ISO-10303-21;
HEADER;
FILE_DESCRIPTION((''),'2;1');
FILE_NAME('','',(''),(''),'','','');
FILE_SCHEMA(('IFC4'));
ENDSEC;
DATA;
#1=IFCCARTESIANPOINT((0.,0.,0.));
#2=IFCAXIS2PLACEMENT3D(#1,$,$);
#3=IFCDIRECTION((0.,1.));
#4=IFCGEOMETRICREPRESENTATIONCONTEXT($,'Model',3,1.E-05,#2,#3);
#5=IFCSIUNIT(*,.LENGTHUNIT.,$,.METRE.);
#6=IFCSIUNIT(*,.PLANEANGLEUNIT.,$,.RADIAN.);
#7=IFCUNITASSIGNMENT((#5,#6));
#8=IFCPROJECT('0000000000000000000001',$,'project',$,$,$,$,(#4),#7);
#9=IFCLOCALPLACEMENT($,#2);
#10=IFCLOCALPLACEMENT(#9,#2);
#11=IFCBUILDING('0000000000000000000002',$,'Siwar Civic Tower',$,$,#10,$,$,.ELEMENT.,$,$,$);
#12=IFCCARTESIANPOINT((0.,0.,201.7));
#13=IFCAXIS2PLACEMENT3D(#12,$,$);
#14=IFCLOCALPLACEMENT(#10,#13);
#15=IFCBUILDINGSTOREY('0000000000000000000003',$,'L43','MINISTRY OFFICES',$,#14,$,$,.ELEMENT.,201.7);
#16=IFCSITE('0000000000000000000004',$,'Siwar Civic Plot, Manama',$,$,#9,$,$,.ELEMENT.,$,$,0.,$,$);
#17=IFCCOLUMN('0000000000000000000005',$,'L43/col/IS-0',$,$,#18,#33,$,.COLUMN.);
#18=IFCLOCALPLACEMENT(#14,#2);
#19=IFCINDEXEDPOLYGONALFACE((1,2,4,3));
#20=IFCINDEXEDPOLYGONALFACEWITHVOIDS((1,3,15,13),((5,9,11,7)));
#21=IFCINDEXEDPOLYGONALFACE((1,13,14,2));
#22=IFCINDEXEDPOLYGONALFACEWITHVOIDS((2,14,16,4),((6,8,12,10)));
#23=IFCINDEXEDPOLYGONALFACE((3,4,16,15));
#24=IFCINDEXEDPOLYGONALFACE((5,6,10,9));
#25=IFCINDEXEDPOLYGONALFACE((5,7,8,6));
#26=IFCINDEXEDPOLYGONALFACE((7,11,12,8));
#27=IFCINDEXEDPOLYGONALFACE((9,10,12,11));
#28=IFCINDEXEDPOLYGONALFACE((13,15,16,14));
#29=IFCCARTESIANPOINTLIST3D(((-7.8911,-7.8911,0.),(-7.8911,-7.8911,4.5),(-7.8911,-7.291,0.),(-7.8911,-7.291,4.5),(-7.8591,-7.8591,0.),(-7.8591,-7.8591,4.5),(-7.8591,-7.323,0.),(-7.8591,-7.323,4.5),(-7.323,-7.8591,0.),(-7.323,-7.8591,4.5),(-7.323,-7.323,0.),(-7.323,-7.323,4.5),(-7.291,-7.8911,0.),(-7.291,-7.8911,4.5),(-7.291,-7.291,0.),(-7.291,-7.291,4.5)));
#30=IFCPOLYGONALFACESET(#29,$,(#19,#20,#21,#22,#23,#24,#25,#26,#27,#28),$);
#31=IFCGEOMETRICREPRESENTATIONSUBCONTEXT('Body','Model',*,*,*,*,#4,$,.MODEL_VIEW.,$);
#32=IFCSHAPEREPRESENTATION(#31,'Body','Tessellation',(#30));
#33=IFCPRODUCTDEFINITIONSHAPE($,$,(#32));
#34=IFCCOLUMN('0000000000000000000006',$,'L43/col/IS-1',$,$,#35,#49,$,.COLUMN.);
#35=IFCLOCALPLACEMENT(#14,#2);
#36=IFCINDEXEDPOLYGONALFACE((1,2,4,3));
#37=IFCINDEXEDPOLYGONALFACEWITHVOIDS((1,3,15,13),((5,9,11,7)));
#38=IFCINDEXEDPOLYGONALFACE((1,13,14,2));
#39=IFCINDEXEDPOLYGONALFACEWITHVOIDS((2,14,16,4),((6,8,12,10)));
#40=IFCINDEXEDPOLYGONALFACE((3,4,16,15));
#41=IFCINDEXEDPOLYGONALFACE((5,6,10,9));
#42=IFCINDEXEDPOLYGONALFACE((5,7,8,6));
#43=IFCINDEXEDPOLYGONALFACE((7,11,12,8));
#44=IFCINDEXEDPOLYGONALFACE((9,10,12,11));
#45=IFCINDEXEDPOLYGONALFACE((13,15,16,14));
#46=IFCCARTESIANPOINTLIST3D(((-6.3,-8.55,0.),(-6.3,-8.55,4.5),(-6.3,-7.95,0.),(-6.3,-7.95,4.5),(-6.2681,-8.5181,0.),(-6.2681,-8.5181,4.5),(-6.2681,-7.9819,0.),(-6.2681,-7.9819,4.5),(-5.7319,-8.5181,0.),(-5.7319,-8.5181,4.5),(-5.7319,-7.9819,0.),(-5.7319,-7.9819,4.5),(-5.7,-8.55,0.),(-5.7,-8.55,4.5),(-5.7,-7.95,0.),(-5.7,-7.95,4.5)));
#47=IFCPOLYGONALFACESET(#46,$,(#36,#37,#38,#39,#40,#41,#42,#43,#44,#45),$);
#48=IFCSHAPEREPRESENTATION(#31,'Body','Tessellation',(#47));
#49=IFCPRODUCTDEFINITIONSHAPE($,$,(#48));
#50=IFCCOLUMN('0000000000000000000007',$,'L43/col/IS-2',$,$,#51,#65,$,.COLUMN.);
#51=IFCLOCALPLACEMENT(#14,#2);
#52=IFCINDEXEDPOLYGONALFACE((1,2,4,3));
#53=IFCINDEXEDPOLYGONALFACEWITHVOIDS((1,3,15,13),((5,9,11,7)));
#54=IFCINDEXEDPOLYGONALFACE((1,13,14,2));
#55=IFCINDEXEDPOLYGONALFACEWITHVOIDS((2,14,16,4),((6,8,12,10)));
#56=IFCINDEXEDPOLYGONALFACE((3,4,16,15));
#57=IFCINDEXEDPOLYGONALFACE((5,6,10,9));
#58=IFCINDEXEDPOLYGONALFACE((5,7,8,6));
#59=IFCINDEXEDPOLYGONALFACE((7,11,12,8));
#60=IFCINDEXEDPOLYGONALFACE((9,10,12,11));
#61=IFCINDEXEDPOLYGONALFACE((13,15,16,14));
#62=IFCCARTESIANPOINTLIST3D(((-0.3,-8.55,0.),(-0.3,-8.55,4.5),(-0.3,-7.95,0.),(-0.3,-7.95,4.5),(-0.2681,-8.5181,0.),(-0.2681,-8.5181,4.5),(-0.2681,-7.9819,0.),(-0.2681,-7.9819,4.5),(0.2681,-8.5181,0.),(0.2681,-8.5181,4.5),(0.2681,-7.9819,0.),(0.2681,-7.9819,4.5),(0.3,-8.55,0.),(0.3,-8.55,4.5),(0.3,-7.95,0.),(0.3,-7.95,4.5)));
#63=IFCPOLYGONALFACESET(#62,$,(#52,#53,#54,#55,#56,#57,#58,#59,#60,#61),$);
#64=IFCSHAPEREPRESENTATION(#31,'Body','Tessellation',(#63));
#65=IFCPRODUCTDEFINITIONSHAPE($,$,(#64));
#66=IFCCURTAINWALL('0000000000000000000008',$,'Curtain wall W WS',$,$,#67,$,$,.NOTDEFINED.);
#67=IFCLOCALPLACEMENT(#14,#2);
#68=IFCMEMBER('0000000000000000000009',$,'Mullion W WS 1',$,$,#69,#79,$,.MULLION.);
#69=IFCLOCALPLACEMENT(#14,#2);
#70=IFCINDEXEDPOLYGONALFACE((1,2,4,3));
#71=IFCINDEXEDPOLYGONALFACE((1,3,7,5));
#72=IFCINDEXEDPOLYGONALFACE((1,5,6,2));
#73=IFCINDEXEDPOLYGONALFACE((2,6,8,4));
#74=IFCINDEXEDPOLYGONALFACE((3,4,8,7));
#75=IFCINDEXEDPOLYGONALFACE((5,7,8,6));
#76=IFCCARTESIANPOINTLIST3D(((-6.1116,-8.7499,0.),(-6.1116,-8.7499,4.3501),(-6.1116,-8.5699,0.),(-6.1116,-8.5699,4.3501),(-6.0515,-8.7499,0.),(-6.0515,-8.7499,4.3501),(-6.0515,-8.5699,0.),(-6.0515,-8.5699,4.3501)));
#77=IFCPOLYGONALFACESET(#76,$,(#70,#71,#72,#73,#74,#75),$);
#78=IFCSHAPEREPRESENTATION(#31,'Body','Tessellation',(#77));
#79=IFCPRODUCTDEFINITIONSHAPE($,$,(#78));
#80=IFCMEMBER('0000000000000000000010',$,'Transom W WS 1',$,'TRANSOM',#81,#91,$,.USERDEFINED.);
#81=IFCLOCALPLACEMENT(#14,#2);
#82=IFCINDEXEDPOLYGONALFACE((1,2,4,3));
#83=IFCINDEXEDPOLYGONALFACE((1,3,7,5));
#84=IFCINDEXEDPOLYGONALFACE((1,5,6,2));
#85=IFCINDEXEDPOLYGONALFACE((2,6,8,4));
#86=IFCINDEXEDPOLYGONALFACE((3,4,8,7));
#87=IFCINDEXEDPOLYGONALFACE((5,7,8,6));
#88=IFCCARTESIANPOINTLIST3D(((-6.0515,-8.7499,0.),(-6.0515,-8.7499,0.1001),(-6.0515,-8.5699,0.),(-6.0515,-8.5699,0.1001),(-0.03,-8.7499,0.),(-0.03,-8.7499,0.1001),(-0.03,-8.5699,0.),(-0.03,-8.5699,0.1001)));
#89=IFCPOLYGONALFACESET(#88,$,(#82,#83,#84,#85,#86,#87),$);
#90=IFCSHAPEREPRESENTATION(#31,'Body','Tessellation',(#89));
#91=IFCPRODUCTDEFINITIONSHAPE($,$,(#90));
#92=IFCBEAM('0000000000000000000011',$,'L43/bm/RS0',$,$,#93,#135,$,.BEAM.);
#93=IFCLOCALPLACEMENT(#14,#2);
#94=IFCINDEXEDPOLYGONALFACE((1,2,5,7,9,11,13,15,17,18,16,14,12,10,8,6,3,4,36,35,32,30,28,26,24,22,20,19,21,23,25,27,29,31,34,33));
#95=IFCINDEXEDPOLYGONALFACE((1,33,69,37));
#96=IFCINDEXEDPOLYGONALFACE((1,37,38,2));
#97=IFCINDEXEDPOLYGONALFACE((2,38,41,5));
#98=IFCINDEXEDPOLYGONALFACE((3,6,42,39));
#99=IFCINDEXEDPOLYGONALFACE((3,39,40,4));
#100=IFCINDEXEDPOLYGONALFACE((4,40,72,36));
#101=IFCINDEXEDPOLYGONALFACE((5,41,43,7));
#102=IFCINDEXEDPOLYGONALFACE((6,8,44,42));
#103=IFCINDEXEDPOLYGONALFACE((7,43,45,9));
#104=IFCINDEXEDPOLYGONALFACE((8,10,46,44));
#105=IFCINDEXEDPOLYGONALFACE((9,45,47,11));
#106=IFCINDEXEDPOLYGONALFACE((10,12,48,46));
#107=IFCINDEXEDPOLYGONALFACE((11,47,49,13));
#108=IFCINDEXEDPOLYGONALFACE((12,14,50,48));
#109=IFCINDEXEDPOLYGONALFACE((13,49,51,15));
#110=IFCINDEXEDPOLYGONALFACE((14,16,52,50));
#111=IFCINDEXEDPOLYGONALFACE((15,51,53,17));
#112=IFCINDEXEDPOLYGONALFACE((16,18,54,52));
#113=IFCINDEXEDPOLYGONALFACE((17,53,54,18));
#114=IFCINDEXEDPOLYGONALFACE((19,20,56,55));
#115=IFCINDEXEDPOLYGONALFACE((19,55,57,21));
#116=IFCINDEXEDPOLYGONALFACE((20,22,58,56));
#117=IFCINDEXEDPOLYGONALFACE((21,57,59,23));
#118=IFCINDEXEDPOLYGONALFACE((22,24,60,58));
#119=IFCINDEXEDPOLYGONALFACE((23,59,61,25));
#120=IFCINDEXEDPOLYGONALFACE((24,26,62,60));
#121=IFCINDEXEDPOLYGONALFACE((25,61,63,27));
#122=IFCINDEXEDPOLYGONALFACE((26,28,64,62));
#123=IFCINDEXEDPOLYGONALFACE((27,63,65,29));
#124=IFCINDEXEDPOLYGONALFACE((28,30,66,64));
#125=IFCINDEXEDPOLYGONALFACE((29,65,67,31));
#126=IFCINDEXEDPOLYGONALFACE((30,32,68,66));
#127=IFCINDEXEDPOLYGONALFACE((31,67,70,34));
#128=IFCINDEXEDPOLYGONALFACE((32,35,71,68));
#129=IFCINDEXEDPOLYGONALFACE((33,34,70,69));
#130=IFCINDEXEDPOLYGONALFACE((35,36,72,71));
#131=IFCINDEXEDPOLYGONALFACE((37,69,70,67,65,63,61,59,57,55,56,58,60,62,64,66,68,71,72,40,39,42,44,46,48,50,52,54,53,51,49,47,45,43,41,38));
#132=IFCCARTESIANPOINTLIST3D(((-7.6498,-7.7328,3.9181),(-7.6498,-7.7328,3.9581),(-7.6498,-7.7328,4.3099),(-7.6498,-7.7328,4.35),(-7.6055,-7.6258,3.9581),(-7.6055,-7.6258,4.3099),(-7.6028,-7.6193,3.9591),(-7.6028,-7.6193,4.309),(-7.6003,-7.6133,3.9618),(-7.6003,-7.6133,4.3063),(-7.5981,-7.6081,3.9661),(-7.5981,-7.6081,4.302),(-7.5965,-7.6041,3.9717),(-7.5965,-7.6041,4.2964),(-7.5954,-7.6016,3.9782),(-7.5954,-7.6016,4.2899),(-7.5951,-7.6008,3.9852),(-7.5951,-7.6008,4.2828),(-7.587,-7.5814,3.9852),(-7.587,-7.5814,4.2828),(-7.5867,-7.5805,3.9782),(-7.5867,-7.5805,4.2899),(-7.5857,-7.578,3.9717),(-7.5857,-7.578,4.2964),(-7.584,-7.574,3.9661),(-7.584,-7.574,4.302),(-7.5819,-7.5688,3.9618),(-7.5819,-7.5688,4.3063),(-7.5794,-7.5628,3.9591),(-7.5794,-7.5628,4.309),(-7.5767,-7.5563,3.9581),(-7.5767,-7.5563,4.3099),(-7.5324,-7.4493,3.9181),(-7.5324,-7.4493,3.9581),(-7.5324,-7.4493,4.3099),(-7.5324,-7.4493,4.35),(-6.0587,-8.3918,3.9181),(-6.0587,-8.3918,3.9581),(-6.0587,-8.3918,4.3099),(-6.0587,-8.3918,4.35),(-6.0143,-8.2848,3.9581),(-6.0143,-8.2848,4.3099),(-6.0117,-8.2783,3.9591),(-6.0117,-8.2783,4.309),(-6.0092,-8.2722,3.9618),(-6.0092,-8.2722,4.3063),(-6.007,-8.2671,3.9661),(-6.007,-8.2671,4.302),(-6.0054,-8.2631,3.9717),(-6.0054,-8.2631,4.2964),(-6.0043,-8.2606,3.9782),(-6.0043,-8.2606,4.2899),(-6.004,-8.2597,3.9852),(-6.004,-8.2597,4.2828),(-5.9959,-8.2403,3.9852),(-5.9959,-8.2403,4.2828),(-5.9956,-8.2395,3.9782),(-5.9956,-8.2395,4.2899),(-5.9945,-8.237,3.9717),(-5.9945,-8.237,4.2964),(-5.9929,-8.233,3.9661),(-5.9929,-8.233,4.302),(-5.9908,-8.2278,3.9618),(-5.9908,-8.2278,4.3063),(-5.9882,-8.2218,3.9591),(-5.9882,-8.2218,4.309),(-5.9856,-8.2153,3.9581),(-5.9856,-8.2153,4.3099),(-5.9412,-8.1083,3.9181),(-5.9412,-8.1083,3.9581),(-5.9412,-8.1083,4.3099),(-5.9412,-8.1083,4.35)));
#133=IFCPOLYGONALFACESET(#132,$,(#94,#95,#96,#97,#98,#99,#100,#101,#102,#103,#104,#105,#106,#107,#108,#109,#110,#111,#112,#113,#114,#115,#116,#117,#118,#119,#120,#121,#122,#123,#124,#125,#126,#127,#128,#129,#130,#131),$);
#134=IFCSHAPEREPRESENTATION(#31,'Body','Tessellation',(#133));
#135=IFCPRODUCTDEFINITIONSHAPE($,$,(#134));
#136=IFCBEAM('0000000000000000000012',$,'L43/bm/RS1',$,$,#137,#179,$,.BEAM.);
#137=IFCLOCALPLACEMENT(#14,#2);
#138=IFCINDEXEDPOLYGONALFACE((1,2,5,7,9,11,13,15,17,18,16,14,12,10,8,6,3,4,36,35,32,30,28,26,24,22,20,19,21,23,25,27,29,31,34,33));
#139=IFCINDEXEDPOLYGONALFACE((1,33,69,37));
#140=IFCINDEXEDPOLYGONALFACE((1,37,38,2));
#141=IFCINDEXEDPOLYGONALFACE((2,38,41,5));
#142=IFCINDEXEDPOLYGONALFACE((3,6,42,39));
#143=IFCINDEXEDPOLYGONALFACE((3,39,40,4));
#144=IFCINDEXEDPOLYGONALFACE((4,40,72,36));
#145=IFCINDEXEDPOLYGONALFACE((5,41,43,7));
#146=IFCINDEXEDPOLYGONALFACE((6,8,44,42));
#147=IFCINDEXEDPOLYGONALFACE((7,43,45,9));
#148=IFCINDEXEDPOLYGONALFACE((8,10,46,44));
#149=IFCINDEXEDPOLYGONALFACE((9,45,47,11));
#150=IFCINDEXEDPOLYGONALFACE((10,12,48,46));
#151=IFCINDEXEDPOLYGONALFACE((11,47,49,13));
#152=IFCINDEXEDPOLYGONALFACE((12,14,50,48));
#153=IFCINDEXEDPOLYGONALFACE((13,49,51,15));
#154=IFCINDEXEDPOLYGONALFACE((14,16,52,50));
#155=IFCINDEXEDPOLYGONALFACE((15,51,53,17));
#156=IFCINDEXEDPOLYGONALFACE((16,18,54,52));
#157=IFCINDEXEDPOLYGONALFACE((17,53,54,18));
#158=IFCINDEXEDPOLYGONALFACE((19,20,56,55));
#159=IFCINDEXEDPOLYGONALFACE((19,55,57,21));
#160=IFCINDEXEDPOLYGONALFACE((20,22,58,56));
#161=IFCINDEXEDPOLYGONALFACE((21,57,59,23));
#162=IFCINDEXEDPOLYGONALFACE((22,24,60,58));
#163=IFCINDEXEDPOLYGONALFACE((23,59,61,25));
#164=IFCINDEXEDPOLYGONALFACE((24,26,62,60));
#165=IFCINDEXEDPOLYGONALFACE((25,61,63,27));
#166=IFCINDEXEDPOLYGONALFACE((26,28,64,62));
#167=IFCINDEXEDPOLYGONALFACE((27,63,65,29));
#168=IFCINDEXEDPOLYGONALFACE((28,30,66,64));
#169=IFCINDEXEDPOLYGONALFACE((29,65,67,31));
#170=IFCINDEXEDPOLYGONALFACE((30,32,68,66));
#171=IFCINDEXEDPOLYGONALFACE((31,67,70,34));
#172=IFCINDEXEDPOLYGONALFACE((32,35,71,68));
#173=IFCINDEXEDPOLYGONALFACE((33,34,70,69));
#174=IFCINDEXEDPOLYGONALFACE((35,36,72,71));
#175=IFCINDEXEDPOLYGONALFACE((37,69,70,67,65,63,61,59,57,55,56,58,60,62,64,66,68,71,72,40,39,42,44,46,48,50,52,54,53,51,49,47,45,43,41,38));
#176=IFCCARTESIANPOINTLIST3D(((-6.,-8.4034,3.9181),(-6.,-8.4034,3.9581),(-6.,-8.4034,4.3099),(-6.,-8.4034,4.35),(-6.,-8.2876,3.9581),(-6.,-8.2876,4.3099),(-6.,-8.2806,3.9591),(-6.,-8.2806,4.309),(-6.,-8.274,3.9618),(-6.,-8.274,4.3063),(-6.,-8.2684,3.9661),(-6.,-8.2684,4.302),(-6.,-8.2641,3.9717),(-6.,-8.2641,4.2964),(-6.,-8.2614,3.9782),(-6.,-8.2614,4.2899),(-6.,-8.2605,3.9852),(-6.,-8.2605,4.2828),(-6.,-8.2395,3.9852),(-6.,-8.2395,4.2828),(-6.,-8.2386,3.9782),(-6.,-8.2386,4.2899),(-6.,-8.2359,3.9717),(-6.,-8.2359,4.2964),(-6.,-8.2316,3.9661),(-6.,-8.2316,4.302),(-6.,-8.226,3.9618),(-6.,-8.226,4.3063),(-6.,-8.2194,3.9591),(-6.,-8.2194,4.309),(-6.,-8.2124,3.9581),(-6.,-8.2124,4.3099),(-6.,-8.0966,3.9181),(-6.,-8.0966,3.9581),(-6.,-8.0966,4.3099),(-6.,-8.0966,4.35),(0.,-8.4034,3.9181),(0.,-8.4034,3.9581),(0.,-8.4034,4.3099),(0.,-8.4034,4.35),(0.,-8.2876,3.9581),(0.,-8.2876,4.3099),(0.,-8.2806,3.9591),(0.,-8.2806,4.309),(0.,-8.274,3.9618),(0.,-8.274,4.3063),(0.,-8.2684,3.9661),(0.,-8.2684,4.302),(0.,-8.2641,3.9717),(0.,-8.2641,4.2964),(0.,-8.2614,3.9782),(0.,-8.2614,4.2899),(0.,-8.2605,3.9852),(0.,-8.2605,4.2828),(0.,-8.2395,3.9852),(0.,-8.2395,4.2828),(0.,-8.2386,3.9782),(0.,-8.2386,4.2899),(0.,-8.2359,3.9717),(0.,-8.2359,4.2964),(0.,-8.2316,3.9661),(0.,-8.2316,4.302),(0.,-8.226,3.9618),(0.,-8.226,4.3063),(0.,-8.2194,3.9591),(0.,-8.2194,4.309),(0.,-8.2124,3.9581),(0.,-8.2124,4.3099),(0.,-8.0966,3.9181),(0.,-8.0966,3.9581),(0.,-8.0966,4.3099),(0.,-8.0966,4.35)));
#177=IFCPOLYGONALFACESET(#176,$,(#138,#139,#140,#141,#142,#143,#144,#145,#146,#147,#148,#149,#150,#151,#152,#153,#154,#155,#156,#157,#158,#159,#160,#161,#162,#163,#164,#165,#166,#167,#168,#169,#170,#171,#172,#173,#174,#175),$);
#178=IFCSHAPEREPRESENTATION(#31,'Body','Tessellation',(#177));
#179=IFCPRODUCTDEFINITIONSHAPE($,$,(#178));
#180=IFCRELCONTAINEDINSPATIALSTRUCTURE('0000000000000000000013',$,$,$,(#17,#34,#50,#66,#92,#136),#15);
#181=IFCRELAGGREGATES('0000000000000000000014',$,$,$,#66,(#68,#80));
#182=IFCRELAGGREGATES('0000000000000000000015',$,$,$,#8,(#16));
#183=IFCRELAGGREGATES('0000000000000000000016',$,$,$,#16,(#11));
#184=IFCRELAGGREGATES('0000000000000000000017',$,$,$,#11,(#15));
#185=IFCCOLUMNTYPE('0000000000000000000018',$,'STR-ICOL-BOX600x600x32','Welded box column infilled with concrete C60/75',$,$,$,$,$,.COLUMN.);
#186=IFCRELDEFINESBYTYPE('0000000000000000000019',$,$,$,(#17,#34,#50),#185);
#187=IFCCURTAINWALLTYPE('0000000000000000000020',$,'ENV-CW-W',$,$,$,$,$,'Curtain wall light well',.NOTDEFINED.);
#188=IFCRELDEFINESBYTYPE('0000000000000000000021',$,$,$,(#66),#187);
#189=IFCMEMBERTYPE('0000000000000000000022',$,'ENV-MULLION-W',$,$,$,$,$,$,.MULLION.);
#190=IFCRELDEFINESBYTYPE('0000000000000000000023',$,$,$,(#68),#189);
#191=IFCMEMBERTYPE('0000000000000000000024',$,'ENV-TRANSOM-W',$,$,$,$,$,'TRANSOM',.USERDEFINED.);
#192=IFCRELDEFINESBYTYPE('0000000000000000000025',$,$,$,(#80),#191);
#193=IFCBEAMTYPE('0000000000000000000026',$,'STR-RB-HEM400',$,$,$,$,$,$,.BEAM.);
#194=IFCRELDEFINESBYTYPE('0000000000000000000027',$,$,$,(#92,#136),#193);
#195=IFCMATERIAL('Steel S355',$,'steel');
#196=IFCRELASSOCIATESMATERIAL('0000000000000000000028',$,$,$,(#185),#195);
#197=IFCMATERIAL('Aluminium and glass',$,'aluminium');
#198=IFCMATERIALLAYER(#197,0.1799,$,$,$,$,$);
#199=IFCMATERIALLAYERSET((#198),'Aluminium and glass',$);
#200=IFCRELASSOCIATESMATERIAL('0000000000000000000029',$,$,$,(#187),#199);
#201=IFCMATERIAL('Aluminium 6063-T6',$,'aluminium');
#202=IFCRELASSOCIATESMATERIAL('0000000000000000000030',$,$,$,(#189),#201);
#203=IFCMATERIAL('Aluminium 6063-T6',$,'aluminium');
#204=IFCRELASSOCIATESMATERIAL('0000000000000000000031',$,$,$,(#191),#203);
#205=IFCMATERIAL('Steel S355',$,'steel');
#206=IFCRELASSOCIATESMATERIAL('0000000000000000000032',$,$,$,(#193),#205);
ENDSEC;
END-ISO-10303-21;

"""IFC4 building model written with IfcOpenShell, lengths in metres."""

from ifc_helpers import new_model, si_unit, direction, frame, origin, origin_2d, place, context, subcontext, project, spatial, rectangle, hollow_rectangle, i_section, extrude, material, layer, layer_set, material_profile, profile_set, type_object, element, aggregate, save


model = new_model("IFC4")

# Units and contexts
model_context = context("Model", 3, precision=1e-05, world=origin(), true_north=direction((0.0, 1.0)))
body_context = subcontext(model_context, "Body", "Model", "MODEL_VIEW")
ifc_project = project(units=[si_unit("LENGTHUNIT", "METRE"), si_unit("PLANEANGLEUNIT", "RADIAN")], contexts=[model_context])

# Site, building, storey
site_placement = place(None, origin())
site = spatial("IfcSite", under=ifc_project, at=site_placement, Name="Siwar Civic Plot, Manama", CompositionType="ELEMENT", RefElevation=0.0)
building_placement = place(site_placement, origin())
building = spatial("IfcBuilding", under=site, at=building_placement, Name="Siwar Civic Tower", CompositionType="ELEMENT")
storey_placement = place(building_placement, frame((0.0, 0.0, 201.7)))
storey = spatial("IfcBuildingStorey", under=building, at=storey_placement, Name="L43", Description="MINISTRY OFFICES", CompositionType="ELEMENT", Elevation=201.7)

# Columns
ifc_material_1 = material(Name="Steel S355", Category="steel")
ifc_material_profile_1 = material_profile(ifc_material_1, hollow_rectangle(XDim=0.6001, YDim=0.6001, WallThickness=0.032, at=origin_2d()), Name="BOX600x600x32")
ifc_profile_set_1 = profile_set([ifc_material_profile_1], Name="Steel S355")
column_type = type_object("IfcColumnType", Name="STR-ICOL-BOX600x600x32", Description="Welded box column infilled with concrete C60/75", PredefinedType="COLUMN", material=ifc_profile_set_1)
for number, where, z_axis, x_axis, name in (
    (1, (-7.5911, -7.5911, 0.0), (0.0, 0.0, 1.0), (1.0, 0.0, 0.0), "L43/col/IS-0"),
    (2, (-6.0, -8.25, 0.0), (0.0, 0.0, 1.0), (1.0, 0.0, 0.0), "L43/col/IS-1"),
    (3, (0.0, -8.25, 0.0), (0.0, 0.0, 1.0), (1.0, 0.0, 0.0), "L43/col/IS-2"),
):
    element("IfcColumn", number, at=place(storey_placement, frame(where, z_axis=z_axis, x_axis=x_axis)), inside=storey, type_object=column_type, Name=name, PredefinedType="COLUMN", context=body_context, shape_type="SweptSolid", body=[
        extrude(hollow_rectangle(XDim=0.6001, YDim=0.6001, WallThickness=0.032, at=origin_2d()), origin(), (0.0, 0.0, 1.0), 4.5),
    ])

# Curtain wall, members
ifc_material_2 = material(Name="Aluminium and glass", Category="aluminium")
ifc_layer_1 = layer(ifc_material_2, 0.1799)
ifc_layer_set_1 = layer_set([ifc_layer_1], Name="Aluminium and glass")
curtain_wall_type = type_object("IfcCurtainWallType", Name="ENV-CW-W", ElementType="Curtain wall light well", PredefinedType="NOTDEFINED", material=ifc_layer_set_1)
curtain_wall_placement = place(storey_placement, origin())
curtain_wall = element("IfcCurtainWall", 4, at=curtain_wall_placement, inside=storey, type_object=curtain_wall_type, Name="Curtain wall W WS", PredefinedType="NOTDEFINED")
ifc_material_3 = material(Name="Aluminium 6063-T6", Category="aluminium")
ifc_material_profile_2 = material_profile(ifc_material_3, rectangle(XDim=0.1799, YDim=0.0601, at=origin_2d()), Name="AL 180x60")
ifc_profile_set_2 = profile_set([ifc_material_profile_2], Name="Aluminium 6063-T6")
member_type_1 = type_object("IfcMemberType", Name="ENV-MULLION-W", PredefinedType="MULLION", material=ifc_profile_set_2)
member_1_placement = place(storey_placement, frame((-6.0815, -8.6599, 0.0), z_axis=(0.0, 0.0, 1.0), x_axis=(0.0, 1.0, 0.0)))
member_1 = element("IfcMember", 5, at=member_1_placement, type_object=member_type_1, Name="Mullion W WS 1", PredefinedType="MULLION", context=body_context, shape_type="SweptSolid", body=[
    extrude(rectangle(XDim=0.1799, YDim=0.0601, at=origin_2d()), origin(), (0.0, 0.0, 1.0), 4.3501),
])
ifc_material_4 = material(Name="Aluminium 6063-T6", Category="aluminium")
ifc_material_profile_3 = material_profile(ifc_material_4, rectangle(XDim=0.1799, YDim=0.1001, at=origin_2d()), Name="AL 180x100")
ifc_profile_set_3 = profile_set([ifc_material_profile_3], Name="Aluminium 6063-T6")
member_type_2 = type_object("IfcMemberType", Name="ENV-TRANSOM-W", ElementType="TRANSOM", PredefinedType="USERDEFINED", material=ifc_profile_set_3)
member_2_placement = place(storey_placement, frame((-6.0515, -8.6599, 0.05), z_axis=(1.0, 0.0, 0.0), x_axis=(0.0, 1.0, 0.0)))
member_2 = element("IfcMember", 6, at=member_2_placement, type_object=member_type_2, Name="Transom W WS 1", ObjectType="TRANSOM", PredefinedType="USERDEFINED", context=body_context, shape_type="SweptSolid", body=[
    extrude(rectangle(XDim=0.1799, YDim=0.1001, at=origin_2d()), origin(), (0.0, 0.0, 1.0), 6.0215),
])

# Beams
ifc_material_5 = material(Name="Steel S355", Category="steel")
ifc_material_profile_4 = material_profile(ifc_material_5, i_section(OverallWidth=0.3069, OverallDepth=0.4319, WebThickness=0.021, FlangeThickness=0.04, FilletRadius=0.0271, at=origin_2d()), Name="HEM400")
ifc_profile_set_4 = profile_set([ifc_material_profile_4], Name="Steel S355")
beam_type = type_object("IfcBeamType", Name="STR-RB-HEM400", PredefinedType="BEAM", material=ifc_profile_set_4)
beam_1_placement = place(storey_placement, frame((-7.5911, -7.5911, 4.134), z_axis=(0.923901, -0.382631, 0.0), x_axis=(0.382631, 0.923901, 0.0)))
element("IfcBeam", 7, at=beam_1_placement, inside=storey, type_object=beam_type, Name="L43/bm/RS0", PredefinedType="BEAM", context=body_context, shape_type="SweptSolid", body=[
    extrude(i_section(OverallWidth=0.3069, OverallDepth=0.4319, WebThickness=0.021, FlangeThickness=0.04, FilletRadius=0.0271, at=origin_2d()), origin(), (0.0, 0.0, 1.0), 1.7222),
])
for number, where, z_axis, x_axis, name in (
    (8, (-6.0, -8.25, 4.134), (1.0, 0.0, 0.0), (0.0, 1.0, 0.0), "L43/bm/RS1"),
):
    element("IfcBeam", number, at=place(storey_placement, frame(where, z_axis=z_axis, x_axis=x_axis)), inside=storey, type_object=beam_type, Name=name, PredefinedType="BEAM", context=body_context, shape_type="SweptSolid", body=[
        extrude(i_section(OverallWidth=0.3069, OverallDepth=0.4319, WebThickness=0.021, FlangeThickness=0.04, FilletRadius=0.0271, at=origin_2d()), origin(), (0.0, 0.0, 1.0), 6.0),
    ])

aggregate(curtain_wall, [member_1, member_2])

save(model, "model.ifc")
